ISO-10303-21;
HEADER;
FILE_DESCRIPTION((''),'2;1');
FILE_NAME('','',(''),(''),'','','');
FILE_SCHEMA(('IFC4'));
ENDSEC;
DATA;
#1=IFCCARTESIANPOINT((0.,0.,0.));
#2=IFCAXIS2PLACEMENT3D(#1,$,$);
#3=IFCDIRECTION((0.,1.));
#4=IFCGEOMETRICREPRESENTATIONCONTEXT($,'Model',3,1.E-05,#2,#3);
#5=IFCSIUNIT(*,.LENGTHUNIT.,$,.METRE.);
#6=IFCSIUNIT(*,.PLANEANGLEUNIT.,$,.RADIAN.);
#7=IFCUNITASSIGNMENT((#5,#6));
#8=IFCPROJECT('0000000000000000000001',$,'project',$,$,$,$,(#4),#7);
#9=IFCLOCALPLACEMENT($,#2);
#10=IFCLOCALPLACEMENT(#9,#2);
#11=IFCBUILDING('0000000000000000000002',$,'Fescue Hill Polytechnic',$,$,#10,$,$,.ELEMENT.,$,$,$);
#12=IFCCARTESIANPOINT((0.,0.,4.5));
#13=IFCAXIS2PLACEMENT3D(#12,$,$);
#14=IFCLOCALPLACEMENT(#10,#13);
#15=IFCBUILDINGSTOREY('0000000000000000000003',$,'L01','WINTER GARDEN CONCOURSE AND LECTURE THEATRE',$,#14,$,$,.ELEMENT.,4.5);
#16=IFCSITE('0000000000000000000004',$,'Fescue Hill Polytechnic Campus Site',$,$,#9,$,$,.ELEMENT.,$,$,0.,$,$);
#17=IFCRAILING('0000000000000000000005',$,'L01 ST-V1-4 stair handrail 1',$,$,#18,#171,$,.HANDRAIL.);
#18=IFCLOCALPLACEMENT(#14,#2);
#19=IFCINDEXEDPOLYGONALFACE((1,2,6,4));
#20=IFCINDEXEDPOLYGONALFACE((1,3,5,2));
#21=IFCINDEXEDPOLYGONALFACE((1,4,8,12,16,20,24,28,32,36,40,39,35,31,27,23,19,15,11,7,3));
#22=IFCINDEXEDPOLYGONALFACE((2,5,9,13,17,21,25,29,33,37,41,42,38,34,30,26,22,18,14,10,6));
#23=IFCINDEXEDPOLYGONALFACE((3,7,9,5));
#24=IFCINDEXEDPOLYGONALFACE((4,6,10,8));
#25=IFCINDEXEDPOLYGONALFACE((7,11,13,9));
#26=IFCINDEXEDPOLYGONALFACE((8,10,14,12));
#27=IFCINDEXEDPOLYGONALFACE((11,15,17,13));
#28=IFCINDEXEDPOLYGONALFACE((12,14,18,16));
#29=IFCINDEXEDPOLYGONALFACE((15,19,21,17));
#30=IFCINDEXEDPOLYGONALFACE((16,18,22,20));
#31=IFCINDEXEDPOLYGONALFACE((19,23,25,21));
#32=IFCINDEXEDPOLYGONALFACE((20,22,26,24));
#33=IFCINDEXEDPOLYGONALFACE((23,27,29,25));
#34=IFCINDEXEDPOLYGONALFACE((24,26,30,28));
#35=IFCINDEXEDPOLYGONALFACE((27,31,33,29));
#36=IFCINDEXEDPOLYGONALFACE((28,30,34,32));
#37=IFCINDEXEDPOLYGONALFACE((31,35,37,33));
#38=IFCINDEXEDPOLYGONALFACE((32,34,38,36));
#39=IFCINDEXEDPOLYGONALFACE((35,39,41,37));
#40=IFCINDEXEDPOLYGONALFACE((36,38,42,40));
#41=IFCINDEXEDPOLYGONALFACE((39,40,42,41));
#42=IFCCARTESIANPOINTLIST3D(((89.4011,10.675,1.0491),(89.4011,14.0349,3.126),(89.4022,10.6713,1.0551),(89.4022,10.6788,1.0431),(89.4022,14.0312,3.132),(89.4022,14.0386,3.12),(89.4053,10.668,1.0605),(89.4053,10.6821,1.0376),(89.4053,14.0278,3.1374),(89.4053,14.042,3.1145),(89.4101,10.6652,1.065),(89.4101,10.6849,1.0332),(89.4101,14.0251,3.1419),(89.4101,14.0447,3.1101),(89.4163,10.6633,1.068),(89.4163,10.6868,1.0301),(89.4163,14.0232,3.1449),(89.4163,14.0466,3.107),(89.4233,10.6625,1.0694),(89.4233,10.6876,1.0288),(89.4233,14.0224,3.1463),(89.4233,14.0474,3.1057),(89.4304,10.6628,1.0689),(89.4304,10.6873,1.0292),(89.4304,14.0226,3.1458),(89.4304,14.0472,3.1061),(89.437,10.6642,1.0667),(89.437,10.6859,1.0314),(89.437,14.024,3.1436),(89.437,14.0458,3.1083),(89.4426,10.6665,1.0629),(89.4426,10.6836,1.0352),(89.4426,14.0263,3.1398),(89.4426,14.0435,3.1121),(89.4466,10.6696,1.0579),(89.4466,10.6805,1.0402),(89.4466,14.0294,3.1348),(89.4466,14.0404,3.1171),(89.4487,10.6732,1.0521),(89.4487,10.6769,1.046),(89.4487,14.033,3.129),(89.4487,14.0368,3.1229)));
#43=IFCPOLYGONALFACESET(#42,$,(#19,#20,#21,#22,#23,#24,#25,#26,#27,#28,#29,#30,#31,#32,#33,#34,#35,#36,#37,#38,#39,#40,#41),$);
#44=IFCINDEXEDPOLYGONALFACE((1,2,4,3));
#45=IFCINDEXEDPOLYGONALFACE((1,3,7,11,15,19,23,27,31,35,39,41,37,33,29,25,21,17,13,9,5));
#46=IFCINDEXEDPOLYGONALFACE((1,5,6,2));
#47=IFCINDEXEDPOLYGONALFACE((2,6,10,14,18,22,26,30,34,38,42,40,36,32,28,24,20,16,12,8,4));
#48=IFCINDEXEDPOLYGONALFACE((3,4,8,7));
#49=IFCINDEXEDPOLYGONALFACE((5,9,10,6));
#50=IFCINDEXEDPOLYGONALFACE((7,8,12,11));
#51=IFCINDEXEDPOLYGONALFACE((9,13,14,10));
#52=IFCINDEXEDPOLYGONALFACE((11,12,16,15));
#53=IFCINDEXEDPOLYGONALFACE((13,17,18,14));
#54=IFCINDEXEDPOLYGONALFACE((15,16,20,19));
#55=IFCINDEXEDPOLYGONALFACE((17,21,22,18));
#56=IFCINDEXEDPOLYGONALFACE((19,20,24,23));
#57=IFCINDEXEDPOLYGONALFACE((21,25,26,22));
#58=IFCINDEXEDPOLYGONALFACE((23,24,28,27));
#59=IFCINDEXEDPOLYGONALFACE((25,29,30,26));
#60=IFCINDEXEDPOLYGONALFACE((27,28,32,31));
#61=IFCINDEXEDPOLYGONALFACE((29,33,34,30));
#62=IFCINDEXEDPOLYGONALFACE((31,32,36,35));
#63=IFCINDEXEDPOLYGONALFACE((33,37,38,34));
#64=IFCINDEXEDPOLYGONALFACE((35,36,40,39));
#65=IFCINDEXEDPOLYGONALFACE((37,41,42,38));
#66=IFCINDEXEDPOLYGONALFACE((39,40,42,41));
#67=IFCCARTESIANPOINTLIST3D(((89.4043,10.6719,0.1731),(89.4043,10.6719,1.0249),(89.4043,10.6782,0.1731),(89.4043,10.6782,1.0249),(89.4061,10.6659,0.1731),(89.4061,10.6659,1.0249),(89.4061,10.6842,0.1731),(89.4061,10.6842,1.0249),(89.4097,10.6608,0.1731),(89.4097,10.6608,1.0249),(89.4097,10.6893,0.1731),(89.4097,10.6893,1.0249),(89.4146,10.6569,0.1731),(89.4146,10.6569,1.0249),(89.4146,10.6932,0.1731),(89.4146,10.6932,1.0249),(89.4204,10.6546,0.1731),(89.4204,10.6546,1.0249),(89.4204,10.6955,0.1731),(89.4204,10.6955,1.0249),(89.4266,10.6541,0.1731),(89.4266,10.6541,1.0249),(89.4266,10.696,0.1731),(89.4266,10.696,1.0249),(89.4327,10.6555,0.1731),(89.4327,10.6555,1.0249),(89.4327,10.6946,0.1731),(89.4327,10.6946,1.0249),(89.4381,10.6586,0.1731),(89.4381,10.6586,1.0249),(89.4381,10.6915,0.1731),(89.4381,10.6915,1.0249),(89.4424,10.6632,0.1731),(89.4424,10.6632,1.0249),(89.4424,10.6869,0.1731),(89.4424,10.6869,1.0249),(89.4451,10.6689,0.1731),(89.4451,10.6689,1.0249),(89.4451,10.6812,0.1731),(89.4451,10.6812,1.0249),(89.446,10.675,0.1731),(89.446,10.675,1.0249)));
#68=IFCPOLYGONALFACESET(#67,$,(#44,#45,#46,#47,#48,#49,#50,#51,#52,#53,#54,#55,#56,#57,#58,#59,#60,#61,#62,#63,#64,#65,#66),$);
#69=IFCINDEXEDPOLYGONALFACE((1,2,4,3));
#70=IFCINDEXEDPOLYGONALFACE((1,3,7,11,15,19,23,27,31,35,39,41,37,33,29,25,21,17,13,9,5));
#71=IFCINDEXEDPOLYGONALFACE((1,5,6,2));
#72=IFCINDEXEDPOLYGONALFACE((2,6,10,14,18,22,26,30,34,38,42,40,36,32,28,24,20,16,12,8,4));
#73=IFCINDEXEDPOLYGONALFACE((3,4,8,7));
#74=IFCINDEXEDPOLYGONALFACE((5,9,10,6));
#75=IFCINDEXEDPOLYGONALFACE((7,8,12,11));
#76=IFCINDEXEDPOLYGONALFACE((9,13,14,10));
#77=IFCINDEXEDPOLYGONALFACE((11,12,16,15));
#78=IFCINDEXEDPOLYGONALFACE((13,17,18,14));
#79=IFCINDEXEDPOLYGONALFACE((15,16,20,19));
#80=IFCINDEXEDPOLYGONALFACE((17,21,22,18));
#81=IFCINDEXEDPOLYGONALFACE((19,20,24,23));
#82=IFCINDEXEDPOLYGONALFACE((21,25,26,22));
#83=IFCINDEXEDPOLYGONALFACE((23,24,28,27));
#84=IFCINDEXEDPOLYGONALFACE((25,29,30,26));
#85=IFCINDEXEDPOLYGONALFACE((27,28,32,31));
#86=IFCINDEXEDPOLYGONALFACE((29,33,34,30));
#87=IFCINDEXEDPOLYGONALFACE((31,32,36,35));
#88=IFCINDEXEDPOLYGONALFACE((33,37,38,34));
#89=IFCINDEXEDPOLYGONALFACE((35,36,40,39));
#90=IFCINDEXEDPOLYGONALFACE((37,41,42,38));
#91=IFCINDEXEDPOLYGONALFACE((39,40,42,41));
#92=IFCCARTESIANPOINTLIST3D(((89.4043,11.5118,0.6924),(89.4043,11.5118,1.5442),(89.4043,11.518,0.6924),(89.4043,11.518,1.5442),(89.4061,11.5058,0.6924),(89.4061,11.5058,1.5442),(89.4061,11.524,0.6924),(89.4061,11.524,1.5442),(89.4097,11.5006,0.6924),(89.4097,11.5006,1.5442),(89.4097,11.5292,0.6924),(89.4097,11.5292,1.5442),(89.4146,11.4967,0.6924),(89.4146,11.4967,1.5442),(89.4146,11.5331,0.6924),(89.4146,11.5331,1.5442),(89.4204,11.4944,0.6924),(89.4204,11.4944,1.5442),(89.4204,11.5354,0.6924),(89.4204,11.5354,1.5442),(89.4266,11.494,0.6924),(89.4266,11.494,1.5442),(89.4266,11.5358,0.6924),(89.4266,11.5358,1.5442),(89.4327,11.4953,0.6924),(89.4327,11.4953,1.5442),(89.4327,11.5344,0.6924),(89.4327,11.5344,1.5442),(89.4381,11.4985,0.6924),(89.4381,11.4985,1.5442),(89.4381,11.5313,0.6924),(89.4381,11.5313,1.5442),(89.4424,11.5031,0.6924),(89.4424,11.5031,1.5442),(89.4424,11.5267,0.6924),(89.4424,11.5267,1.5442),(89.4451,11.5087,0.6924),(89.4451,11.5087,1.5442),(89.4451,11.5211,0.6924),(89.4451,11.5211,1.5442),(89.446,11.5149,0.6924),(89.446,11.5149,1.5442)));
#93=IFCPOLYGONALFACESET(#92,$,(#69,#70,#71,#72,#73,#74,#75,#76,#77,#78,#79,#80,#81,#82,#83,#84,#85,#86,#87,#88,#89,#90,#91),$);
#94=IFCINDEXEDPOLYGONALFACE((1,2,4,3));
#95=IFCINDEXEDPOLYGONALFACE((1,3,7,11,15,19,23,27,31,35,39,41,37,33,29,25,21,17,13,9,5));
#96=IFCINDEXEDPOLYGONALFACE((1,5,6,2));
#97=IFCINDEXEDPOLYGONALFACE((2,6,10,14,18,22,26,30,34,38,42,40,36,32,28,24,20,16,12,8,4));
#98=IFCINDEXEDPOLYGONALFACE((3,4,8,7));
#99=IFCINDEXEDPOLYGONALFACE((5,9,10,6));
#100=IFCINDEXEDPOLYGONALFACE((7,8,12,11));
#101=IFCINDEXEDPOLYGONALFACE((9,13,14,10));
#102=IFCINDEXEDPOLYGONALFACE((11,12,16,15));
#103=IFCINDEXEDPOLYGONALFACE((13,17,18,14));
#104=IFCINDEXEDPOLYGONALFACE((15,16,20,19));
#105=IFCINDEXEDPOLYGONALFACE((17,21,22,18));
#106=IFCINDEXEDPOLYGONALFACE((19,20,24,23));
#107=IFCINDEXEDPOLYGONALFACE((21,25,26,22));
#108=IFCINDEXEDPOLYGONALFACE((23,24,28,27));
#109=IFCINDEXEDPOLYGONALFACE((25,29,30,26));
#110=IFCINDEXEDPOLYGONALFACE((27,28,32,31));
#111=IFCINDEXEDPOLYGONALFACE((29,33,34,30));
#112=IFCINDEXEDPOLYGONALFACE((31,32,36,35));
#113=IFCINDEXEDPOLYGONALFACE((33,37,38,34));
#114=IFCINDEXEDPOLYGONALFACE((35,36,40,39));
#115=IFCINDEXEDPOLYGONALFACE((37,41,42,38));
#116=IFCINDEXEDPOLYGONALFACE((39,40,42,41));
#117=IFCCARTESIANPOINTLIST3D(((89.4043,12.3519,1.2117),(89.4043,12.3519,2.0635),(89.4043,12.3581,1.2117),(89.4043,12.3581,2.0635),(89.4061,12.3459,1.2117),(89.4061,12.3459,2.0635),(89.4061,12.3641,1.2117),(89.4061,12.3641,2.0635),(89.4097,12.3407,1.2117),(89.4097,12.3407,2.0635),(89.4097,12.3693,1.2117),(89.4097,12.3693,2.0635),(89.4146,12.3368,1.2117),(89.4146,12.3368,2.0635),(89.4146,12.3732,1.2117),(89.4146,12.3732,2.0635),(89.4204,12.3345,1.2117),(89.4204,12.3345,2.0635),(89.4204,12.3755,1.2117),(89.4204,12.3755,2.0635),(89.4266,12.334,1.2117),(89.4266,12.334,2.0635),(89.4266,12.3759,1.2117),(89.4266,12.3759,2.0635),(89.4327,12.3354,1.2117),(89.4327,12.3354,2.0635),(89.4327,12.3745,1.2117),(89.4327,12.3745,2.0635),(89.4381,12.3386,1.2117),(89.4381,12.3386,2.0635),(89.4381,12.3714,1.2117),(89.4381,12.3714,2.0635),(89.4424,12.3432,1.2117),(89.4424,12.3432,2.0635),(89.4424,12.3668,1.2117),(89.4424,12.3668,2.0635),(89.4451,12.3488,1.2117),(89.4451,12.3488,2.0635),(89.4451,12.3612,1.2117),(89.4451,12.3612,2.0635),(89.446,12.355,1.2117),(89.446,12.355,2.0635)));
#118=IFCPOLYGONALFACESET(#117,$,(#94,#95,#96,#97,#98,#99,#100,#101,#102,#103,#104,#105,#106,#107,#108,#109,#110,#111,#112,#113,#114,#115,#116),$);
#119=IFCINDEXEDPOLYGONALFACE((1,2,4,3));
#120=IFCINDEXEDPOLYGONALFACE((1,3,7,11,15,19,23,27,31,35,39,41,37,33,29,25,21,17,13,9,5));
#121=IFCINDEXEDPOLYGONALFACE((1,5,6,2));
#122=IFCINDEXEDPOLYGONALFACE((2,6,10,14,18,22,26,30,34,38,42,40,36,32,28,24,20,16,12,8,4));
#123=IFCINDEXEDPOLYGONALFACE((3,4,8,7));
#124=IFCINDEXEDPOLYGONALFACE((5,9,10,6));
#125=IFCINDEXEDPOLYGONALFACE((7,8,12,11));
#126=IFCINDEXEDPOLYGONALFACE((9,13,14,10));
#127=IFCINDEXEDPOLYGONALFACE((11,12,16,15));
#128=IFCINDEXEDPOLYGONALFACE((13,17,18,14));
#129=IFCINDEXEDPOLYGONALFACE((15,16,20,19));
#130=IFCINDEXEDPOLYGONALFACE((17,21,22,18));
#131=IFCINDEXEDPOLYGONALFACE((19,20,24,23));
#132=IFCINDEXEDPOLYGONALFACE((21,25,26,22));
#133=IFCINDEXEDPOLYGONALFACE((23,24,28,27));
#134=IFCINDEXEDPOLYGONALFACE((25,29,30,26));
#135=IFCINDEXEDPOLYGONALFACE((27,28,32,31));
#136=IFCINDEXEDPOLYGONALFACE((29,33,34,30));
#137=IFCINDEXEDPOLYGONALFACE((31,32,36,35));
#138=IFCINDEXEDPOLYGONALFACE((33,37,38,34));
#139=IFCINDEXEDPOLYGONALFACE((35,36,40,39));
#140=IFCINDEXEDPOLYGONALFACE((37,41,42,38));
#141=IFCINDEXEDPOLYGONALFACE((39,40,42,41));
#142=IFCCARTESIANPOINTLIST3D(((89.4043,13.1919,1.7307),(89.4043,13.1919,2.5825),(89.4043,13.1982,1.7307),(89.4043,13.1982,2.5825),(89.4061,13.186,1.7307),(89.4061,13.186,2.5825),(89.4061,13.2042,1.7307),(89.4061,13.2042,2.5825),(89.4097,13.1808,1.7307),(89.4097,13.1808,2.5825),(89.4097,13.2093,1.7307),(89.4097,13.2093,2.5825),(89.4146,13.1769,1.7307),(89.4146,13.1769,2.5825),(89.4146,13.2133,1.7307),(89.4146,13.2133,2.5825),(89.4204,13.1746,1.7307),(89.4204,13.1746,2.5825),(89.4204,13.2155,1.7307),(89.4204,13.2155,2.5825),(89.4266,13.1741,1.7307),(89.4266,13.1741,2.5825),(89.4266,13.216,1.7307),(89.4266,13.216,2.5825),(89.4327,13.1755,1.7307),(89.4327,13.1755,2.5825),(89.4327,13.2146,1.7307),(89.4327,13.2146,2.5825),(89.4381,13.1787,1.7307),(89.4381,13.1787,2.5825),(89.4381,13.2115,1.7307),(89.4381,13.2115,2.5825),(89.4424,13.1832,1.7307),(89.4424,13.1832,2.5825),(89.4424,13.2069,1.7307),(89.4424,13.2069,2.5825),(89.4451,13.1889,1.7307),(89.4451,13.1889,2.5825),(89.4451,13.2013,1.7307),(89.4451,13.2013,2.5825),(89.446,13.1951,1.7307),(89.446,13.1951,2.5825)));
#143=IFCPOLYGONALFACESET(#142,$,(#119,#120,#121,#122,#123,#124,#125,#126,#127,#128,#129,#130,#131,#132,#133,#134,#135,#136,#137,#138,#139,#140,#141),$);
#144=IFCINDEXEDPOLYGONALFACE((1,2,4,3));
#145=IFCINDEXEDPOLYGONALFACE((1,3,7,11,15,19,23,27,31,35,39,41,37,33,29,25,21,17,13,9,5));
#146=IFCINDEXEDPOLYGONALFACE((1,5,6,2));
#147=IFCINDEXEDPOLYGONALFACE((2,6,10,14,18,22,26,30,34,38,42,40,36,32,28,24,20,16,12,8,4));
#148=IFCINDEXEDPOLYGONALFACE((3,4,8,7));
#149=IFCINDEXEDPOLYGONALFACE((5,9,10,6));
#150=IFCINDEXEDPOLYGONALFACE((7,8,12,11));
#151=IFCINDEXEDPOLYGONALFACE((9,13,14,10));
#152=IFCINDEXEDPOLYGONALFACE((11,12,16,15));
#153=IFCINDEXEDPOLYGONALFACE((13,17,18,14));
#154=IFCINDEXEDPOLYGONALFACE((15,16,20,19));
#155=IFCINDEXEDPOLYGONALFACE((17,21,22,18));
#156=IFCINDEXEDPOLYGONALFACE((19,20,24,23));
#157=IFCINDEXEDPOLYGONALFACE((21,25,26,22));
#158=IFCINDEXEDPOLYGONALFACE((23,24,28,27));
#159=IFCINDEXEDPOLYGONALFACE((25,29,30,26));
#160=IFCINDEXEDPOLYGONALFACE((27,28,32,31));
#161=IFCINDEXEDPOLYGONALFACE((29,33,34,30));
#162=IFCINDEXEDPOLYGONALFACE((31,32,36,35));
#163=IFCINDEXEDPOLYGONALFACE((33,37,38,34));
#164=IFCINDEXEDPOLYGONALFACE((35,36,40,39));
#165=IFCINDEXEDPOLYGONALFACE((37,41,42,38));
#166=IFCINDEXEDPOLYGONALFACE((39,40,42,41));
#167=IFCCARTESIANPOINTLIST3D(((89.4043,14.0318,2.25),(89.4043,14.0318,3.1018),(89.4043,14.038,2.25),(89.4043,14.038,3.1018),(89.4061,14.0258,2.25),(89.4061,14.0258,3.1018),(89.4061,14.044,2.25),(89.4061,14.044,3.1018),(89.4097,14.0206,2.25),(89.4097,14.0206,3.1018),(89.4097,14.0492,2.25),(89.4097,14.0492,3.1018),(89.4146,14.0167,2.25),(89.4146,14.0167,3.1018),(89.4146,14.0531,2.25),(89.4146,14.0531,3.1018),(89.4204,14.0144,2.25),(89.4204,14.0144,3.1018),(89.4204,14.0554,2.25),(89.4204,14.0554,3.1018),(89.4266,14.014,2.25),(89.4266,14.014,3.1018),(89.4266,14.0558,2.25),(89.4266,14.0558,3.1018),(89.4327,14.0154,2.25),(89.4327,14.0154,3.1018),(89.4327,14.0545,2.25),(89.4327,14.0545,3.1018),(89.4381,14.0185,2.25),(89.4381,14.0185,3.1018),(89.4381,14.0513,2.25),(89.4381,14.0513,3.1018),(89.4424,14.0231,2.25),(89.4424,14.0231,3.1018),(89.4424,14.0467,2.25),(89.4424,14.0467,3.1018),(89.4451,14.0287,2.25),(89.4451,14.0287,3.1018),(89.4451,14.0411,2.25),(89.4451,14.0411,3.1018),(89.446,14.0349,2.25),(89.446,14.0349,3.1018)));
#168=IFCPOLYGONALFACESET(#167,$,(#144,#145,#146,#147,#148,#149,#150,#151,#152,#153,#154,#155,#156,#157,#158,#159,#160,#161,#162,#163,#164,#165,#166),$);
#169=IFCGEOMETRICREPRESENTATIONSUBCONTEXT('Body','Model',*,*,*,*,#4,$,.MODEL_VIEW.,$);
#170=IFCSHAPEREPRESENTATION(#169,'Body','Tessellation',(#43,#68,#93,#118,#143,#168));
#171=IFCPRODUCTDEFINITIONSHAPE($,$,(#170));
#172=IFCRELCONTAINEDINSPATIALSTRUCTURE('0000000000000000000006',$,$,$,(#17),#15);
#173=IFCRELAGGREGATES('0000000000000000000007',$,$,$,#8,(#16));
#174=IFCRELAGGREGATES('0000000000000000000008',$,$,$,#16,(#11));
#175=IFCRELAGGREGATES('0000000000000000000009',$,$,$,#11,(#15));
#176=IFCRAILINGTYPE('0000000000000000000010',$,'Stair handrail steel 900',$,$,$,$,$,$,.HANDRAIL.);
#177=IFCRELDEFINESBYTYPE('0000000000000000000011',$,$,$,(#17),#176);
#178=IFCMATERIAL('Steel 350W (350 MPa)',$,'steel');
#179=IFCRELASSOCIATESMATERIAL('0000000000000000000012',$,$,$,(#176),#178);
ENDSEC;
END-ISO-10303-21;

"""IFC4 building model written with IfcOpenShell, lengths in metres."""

from ifc_helpers import new_model, si_unit, direction, frame, origin, origin_2d, place, context, subcontext, project, spatial, circle, extrude, material, type_object, element, save


model = new_model("IFC4")

# Units and contexts
model_context = context("Model", 3, precision=1e-05, world=origin(), true_north=direction((0.0, 1.0)))
body_context = subcontext(model_context, "Body", "Model", "MODEL_VIEW")
ifc_project = project(units=[si_unit("LENGTHUNIT", "METRE"), si_unit("PLANEANGLEUNIT", "RADIAN")], contexts=[model_context])

# Site, building, storey
site_placement = place(None, origin())
site = spatial("IfcSite", under=ifc_project, at=site_placement, Name="Fescue Hill Polytechnic Campus Site", CompositionType="ELEMENT", RefElevation=0.0)
building_placement = place(site_placement, origin())
building = spatial("IfcBuilding", under=site, at=building_placement, Name="Fescue Hill Polytechnic", CompositionType="ELEMENT")
storey_placement = place(building_placement, frame((0.0, 0.0, 4.5)))
storey = spatial("IfcBuildingStorey", under=building, at=storey_placement, Name="L01", Description="WINTER GARDEN CONCOURSE AND LECTURE THEATRE", CompositionType="ELEMENT", Elevation=4.5)

# Railing
ifc_material_1 = material(Name="Steel 350W (350 MPa)", Category="steel")
railing_type_1 = type_object("IfcRailingType", Name="Stair handrail steel 900", PredefinedType="HANDRAIL", material=ifc_material_1)
for number, where, name in (
    (1, (89.425, 10.675, 0.1731), "L01 ST-V1-4 stair handrail 1"),
):
    element("IfcRailing", number, at=place(storey_placement, frame(where)), inside=storey, type_object=railing_type_1, Name=name, PredefinedType="HANDRAIL", context=body_context, shape_type="SweptSolid", body=[
        extrude(circle(Radius=0.0239, at=origin_2d()), frame((0.0, 0.0, 0.876), z_axis=(0.0, 0.850606, 0.525803), x_axis=(-1.0, 0.0, 0.0)), (0.0, 0.0, 1.0), 3.95),
        extrude(circle(Radius=0.021, at=origin_2d()), origin(), (0.0, 0.0, 1.0), 0.8518),
        extrude(circle(Radius=0.021, at=origin_2d()), frame((0.0, 0.8398, 0.5193)), (0.0, 0.0, 1.0), 0.8518),
        extrude(circle(Radius=0.021, at=origin_2d()), frame((0.0, 1.6799, 1.0386)), (0.0, 0.0, 1.0), 0.8518),
        extrude(circle(Radius=0.021, at=origin_2d()), frame((0.0, 2.52, 1.5576)), (0.0, 0.0, 1.0), 0.8518),
        extrude(circle(Radius=0.021, at=origin_2d()), frame((0.0, 3.3599, 2.0769)), (0.0, 0.0, 1.0), 0.8518),
    ])

save(model, "model.ifc")
